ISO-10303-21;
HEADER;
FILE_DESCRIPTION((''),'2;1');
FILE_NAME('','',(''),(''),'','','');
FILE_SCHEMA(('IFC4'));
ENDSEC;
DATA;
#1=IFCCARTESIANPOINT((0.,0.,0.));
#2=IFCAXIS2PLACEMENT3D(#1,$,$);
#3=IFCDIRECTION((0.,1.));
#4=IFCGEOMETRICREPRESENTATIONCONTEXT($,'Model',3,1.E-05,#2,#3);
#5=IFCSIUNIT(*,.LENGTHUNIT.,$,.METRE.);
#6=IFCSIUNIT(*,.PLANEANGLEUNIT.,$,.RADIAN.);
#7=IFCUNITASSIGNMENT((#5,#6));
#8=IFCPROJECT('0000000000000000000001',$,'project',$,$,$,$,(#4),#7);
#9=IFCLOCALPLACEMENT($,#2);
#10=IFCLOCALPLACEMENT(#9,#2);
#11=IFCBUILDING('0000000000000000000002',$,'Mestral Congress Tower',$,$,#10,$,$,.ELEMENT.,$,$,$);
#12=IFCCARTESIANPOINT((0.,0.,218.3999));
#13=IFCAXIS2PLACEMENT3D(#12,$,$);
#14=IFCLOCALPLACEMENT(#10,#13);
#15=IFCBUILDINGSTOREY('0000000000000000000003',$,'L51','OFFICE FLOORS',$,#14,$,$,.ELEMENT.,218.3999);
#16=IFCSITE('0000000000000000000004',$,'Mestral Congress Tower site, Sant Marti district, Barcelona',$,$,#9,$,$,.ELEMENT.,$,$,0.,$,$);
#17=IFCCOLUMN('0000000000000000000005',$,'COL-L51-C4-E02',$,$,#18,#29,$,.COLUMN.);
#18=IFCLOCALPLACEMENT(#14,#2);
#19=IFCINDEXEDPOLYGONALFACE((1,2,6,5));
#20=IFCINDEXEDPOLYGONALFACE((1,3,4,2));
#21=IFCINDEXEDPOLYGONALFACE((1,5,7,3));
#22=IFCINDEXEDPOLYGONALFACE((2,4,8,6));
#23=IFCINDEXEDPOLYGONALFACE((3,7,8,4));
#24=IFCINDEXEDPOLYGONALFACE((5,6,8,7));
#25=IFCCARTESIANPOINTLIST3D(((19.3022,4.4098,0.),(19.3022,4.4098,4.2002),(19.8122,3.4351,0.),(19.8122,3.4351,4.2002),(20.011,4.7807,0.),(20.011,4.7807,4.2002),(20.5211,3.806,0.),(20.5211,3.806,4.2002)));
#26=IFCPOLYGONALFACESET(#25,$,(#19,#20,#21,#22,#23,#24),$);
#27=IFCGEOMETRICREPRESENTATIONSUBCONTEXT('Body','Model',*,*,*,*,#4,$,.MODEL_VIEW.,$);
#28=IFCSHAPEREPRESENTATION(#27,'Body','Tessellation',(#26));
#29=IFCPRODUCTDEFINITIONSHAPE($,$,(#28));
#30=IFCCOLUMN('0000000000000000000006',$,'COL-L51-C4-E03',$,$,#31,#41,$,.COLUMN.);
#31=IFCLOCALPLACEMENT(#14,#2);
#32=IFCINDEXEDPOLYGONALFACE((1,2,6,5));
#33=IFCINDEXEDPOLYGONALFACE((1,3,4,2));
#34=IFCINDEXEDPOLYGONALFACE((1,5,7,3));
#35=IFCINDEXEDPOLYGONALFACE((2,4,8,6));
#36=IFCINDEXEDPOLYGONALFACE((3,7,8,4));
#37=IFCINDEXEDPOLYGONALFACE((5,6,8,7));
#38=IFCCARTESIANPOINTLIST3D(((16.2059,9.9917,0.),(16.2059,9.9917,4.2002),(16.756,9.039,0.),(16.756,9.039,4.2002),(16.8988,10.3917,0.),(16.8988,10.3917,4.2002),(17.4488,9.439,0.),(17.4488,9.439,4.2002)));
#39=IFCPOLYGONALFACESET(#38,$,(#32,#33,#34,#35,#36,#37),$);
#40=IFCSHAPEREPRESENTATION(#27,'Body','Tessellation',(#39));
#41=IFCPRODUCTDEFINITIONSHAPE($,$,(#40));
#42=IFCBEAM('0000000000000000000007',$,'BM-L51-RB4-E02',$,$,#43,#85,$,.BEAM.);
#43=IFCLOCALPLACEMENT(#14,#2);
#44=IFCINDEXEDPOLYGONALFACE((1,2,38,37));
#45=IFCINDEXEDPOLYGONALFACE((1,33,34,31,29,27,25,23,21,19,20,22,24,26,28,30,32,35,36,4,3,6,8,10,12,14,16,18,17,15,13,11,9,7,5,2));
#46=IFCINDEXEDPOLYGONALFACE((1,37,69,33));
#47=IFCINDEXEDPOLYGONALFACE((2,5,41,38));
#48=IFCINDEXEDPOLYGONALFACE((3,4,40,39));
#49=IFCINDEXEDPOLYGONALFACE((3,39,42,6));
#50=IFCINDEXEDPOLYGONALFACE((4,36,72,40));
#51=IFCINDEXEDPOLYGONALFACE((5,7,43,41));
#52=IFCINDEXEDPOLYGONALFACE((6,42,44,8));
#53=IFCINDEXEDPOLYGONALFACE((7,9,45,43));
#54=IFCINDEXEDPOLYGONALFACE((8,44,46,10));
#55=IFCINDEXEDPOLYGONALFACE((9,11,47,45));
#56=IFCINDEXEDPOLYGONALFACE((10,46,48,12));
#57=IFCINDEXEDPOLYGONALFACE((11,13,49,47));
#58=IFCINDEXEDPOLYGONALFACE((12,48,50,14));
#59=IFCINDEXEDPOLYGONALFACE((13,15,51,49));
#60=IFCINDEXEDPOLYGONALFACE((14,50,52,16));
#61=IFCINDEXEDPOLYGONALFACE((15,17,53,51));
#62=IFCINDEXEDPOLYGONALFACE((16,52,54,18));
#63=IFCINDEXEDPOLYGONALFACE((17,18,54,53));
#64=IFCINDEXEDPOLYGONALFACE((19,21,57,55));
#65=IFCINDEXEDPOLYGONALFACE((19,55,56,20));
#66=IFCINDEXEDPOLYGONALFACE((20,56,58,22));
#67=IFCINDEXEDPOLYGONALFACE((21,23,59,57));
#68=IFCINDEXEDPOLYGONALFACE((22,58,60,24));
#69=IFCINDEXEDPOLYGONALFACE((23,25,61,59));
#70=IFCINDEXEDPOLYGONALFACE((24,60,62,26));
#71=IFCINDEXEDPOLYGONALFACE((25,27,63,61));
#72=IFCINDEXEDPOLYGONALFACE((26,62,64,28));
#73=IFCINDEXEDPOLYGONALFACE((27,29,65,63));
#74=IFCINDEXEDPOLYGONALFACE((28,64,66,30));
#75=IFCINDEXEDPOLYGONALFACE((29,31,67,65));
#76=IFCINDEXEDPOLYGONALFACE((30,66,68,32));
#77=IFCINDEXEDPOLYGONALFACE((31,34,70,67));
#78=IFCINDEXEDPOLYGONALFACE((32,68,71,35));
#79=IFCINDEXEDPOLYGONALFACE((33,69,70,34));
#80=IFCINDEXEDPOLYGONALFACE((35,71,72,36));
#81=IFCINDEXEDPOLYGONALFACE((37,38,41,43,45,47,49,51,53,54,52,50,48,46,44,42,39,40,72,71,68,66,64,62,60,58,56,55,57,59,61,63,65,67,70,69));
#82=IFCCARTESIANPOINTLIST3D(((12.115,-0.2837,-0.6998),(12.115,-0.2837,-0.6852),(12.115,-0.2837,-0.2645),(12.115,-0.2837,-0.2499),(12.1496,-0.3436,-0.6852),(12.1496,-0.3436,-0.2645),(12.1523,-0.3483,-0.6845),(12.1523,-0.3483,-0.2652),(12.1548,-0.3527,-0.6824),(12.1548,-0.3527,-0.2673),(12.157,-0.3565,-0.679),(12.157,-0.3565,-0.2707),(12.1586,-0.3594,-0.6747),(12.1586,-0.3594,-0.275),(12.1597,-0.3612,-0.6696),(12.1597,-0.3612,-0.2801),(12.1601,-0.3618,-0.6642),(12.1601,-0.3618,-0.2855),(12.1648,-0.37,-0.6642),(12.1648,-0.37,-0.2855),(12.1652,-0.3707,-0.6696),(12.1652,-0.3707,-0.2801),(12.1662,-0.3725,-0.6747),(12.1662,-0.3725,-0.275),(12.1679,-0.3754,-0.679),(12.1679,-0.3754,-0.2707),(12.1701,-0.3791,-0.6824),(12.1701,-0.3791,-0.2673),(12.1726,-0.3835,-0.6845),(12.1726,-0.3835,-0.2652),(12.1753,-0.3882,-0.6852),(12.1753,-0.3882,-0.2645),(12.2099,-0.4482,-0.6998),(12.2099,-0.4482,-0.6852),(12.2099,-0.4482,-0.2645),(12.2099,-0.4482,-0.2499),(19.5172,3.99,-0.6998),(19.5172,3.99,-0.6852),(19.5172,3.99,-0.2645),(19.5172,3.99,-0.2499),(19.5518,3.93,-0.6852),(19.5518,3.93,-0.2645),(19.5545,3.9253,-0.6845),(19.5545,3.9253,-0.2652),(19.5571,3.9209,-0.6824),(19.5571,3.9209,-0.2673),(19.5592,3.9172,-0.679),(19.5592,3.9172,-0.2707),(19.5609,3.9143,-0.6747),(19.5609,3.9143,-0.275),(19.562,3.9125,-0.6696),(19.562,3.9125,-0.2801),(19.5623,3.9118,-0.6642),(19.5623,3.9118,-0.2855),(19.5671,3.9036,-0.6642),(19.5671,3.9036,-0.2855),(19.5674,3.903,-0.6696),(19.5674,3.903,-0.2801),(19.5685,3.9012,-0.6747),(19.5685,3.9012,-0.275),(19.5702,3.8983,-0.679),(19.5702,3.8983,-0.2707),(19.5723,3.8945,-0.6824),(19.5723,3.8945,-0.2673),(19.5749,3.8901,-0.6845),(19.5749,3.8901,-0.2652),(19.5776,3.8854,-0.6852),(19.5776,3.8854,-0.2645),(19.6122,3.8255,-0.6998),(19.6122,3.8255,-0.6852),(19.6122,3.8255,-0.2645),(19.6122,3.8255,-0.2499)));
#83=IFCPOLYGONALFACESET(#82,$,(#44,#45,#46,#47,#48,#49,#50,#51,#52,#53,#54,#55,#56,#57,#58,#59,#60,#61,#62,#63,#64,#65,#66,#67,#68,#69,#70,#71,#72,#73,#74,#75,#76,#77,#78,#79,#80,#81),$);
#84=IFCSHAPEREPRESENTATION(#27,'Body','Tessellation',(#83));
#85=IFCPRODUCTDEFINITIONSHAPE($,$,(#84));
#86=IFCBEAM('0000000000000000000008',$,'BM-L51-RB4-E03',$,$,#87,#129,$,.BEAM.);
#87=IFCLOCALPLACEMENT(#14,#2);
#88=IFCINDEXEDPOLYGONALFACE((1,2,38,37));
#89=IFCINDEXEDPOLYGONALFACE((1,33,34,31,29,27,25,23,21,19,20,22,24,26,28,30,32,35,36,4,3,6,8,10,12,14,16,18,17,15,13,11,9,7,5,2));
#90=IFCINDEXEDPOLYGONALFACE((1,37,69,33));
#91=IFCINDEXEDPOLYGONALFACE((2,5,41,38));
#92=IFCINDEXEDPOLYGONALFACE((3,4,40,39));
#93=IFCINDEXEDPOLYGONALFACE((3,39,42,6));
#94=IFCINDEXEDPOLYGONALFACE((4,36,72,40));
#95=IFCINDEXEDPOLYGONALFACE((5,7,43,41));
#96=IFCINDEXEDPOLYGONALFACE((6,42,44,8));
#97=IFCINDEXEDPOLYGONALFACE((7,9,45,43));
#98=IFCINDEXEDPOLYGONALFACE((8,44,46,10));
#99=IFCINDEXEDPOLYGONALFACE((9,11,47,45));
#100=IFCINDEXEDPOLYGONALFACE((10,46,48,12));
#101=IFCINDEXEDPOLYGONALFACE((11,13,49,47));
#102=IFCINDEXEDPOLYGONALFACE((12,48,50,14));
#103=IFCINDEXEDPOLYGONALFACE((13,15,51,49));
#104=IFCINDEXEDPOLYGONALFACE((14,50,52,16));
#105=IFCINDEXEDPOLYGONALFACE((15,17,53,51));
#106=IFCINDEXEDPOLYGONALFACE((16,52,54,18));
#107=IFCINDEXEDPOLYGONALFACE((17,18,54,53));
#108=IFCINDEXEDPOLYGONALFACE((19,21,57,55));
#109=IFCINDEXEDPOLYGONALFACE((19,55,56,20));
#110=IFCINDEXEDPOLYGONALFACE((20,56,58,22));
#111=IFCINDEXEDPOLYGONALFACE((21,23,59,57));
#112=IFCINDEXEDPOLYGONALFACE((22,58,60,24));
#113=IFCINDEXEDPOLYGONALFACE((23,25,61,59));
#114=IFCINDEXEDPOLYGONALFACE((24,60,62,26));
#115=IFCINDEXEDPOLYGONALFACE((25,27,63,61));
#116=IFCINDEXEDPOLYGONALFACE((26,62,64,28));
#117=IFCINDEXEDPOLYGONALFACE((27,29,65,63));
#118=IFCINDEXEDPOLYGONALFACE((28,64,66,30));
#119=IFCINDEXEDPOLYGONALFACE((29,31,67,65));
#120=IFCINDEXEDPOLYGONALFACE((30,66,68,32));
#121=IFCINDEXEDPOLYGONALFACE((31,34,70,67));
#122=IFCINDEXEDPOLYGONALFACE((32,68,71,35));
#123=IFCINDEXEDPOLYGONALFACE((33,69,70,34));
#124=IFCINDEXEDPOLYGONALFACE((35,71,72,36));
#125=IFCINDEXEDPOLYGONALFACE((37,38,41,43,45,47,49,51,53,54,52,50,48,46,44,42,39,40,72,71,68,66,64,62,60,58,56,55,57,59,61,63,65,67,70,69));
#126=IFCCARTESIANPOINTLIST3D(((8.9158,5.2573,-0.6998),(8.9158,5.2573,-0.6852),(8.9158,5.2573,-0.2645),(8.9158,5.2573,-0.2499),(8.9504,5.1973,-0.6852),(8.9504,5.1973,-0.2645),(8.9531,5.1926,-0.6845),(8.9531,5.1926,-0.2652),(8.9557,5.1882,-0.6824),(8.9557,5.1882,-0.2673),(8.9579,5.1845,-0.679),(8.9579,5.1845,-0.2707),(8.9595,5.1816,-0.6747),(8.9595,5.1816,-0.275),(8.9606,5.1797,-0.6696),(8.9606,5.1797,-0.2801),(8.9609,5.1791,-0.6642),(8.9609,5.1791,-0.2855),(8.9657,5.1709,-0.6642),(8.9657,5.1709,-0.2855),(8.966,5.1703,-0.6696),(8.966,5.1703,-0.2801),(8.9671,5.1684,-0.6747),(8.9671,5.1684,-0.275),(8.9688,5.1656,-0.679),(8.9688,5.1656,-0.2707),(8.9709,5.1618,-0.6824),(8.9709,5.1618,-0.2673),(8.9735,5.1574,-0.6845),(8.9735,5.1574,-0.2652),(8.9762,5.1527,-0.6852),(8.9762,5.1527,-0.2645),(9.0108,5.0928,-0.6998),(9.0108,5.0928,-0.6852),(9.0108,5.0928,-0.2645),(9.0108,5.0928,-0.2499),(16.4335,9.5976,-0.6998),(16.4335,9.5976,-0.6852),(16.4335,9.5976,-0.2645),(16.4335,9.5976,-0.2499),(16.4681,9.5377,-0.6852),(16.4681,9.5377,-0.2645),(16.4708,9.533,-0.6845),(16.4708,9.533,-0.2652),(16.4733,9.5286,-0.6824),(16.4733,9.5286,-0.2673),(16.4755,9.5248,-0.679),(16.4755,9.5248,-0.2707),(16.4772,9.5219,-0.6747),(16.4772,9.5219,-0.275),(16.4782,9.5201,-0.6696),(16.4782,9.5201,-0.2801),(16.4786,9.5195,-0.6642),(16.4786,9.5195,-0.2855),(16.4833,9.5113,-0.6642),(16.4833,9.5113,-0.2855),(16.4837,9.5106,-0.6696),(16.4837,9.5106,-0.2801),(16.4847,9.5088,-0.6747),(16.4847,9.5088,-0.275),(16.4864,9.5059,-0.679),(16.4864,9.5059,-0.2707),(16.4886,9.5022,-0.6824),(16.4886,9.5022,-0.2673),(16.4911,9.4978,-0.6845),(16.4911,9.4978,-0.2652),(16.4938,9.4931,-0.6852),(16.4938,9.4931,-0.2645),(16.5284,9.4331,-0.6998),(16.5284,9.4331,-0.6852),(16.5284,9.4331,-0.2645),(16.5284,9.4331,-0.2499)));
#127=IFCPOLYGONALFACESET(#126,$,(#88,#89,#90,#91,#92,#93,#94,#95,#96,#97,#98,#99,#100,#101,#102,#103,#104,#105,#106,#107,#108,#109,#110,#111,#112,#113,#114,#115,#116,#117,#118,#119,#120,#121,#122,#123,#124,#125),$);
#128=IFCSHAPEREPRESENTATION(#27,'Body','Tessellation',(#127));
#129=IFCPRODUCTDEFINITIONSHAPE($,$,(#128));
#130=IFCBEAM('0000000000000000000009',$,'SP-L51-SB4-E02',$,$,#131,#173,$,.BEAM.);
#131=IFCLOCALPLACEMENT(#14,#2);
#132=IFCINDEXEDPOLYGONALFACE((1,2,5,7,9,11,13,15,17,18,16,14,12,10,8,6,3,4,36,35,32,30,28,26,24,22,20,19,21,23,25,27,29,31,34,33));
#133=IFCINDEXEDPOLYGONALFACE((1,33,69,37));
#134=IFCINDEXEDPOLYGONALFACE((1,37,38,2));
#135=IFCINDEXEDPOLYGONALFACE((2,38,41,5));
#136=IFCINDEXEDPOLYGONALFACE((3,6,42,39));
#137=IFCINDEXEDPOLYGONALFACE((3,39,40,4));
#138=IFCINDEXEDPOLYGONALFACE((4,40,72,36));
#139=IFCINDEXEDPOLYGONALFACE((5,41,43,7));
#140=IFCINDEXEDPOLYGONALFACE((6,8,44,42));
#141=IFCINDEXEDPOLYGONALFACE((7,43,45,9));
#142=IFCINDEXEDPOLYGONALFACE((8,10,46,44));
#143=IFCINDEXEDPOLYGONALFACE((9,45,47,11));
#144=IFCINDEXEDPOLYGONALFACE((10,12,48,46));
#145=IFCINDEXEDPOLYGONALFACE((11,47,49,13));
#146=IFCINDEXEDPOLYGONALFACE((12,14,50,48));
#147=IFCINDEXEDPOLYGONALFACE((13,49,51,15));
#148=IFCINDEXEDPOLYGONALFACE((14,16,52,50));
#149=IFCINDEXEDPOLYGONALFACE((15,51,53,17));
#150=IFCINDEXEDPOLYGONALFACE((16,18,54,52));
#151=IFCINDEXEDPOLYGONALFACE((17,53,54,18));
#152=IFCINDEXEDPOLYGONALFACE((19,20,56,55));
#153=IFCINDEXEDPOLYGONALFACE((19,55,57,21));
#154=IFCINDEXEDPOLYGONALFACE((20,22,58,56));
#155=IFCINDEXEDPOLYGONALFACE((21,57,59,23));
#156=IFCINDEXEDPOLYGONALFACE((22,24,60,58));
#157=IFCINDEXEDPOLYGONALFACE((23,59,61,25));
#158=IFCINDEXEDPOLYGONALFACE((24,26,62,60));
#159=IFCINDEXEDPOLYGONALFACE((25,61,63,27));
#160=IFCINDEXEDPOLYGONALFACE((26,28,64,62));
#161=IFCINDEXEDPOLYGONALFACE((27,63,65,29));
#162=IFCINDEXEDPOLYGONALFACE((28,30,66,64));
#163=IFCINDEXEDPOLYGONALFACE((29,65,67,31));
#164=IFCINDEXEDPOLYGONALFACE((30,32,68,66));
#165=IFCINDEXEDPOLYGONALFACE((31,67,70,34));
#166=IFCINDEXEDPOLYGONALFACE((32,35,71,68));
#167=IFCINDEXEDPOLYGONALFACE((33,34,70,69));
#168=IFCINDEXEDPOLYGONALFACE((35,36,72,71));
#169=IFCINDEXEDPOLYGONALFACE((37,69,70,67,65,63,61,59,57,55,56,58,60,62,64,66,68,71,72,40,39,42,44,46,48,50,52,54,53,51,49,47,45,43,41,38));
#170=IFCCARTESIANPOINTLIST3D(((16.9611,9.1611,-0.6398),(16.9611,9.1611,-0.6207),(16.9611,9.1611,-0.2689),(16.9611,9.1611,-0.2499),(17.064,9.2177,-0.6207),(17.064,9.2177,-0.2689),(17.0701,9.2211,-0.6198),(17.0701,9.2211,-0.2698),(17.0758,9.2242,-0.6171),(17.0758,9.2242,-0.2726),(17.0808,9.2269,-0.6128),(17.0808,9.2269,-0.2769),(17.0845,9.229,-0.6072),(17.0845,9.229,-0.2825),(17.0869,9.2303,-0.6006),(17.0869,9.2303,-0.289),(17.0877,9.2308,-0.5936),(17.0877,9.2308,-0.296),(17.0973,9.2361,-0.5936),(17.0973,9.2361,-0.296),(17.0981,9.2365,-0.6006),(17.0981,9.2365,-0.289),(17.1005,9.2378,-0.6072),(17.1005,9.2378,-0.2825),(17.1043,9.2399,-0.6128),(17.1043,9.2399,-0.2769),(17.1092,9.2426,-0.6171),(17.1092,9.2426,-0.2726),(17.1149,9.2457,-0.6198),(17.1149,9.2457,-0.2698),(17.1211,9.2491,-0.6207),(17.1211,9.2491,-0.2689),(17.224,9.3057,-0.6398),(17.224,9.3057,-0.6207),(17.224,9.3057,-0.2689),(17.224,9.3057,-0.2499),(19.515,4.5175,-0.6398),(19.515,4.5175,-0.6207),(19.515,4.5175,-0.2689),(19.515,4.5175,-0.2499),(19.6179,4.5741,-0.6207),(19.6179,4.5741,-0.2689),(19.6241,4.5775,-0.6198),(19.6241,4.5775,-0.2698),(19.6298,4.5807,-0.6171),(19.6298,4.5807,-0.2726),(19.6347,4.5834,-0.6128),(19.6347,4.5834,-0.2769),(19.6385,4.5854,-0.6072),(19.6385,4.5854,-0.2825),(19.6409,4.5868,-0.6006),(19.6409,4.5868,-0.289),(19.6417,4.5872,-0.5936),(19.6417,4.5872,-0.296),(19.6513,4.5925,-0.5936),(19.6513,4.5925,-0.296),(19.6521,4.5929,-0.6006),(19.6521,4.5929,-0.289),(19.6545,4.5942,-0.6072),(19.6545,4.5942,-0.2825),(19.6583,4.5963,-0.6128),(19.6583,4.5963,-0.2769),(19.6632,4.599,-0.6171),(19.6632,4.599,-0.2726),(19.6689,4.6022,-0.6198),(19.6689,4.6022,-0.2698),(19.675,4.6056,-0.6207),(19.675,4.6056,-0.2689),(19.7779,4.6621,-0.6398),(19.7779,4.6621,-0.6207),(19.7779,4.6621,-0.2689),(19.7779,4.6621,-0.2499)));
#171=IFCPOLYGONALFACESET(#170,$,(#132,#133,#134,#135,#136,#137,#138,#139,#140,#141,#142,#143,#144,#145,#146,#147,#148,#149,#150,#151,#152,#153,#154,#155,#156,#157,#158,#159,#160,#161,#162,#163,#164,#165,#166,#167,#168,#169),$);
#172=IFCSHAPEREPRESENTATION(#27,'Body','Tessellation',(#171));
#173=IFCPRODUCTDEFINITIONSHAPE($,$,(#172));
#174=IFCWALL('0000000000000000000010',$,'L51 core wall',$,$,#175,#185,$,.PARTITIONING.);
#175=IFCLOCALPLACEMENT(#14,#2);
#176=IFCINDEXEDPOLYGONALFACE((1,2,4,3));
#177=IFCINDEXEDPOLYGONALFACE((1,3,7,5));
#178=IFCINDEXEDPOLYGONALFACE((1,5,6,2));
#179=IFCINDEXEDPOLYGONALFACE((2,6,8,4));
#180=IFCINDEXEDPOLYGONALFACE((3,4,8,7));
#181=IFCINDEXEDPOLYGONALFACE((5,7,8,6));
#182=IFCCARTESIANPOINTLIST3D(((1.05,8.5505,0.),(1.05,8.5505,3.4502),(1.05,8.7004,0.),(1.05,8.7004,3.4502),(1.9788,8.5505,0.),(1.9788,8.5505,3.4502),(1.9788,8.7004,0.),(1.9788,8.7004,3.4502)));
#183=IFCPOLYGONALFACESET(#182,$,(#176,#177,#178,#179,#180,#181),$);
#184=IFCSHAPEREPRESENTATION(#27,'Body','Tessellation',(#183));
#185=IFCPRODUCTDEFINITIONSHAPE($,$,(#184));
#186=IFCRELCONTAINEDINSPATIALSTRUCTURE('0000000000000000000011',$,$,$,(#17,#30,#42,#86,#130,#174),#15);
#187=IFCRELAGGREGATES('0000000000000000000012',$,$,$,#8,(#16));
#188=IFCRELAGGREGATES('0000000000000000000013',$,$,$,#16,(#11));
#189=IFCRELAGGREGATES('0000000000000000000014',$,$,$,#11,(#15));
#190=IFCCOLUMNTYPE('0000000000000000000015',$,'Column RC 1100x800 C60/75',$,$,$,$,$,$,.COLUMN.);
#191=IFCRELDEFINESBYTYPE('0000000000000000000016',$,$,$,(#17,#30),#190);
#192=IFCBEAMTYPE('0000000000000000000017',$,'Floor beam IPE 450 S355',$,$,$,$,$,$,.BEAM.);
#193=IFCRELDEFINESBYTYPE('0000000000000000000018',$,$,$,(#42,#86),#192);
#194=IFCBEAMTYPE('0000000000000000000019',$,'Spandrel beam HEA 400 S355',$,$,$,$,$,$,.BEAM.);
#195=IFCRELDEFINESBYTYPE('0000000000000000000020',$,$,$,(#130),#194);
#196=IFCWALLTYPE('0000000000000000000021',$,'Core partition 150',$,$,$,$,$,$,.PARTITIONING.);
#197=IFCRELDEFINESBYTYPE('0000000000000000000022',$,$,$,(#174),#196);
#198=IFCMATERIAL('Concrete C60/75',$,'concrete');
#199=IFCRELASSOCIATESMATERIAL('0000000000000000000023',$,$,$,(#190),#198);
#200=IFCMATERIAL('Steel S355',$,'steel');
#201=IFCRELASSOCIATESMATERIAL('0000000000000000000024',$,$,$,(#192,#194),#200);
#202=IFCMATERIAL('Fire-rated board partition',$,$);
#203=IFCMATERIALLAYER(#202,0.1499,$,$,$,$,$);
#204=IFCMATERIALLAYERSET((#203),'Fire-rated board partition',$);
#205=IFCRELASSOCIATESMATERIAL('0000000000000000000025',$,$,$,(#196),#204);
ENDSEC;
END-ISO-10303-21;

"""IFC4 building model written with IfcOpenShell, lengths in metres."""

from ifc_helpers import new_model, si_unit, direction, frame, frame_2d, origin, origin_2d, place, context, subcontext, project, spatial, rectangle, i_section, extrude, material, layer, layer_set, material_profile, profile_set, type_object, element, save


model = new_model("IFC4")

# Units and contexts
model_context = context("Model", 3, precision=1e-05, world=origin(), true_north=direction((0.0, 1.0)))
body_context = subcontext(model_context, "Body", "Model", "MODEL_VIEW")
ifc_project = project(units=[si_unit("LENGTHUNIT", "METRE"), si_unit("PLANEANGLEUNIT", "RADIAN")], contexts=[model_context])

# Site, building, storey
site_placement = place(None, origin())
site = spatial("IfcSite", under=ifc_project, at=site_placement, Name="Mestral Congress Tower site, Sant Marti district, Barcelona", CompositionType="ELEMENT", RefElevation=0.0)
building_placement = place(site_placement, origin())
building = spatial("IfcBuilding", under=site, at=building_placement, Name="Mestral Congress Tower", CompositionType="ELEMENT")
storey_placement = place(building_placement, frame((0.0, 0.0, 218.3999)))
storey = spatial("IfcBuildingStorey", under=building, at=storey_placement, Name="L51", Description="OFFICE FLOORS", CompositionType="ELEMENT", Elevation=218.3999)

# Columns
ifc_material_1 = material(Name="Concrete C60/75", Category="concrete")
ifc_material_profile_1 = material_profile(ifc_material_1, rectangle(XDim=1.1001, YDim=0.8, at=origin_2d()), Name="RC 1100x800")
ifc_profile_set_1 = profile_set([ifc_material_profile_1], Name="Concrete C60/75")
column_type = type_object("IfcColumnType", Name="Column RC 1100x800 C60/75", PredefinedType="COLUMN", material=ifc_profile_set_1)
for number, where, z_axis, x_axis, name in (
    (1, (19.9116, 4.1079, 0.0), (0.0, 0.0, 1.0), (-0.463636, 0.886026, 0.0), "COL-L51-C4-E02"),
    (2, (16.8274, 9.7153, 0.0), (0.0, 0.0, 1.0), (-0.5, 0.866025, 0.0), "COL-L51-C4-E03"),
):
    element("IfcColumn", number, at=place(storey_placement, frame(where, z_axis=z_axis, x_axis=x_axis)), inside=storey, type_object=column_type, Name=name, PredefinedType="COLUMN", context=body_context, shape_type="SweptSolid", body=[
        extrude(rectangle(XDim=1.1001, YDim=0.8, at=origin_2d()), origin(), (0.0, 0.0, 1.0), 4.2002),
    ])

# Beams
ifc_material_2 = material(Name="Steel S355", Category="steel")
ifc_material_profile_2 = material_profile(ifc_material_2, i_section(OverallWidth=0.1899, OverallDepth=0.45, WebThickness=0.0095, FlangeThickness=0.0146, FilletRadius=0.021, at=origin_2d()), Name="IPE 450")
ifc_profile_set_2 = profile_set([ifc_material_profile_2], Name="Steel S355")
beam_type_1 = type_object("IfcBeamType", Name="Floor beam IPE 450 S355", PredefinedType="BEAM", material=ifc_profile_set_2)
beam_1_placement = place(storey_placement, frame((19.5647, 3.9077, -0.4749), z_axis=(-0.866029, -0.499994, 0.0), x_axis=(0.499994, -0.866029, 0.0)))
element("IfcBeam", 3, at=beam_1_placement, inside=storey, type_object=beam_type_1, Name="BM-L51-RB4-E02", PredefinedType="BEAM", context=body_context, shape_type="SweptSolid", body=[
    extrude(i_section(OverallWidth=0.1899, OverallDepth=0.45, WebThickness=0.0095, FlangeThickness=0.0146, FilletRadius=0.021, at=origin_2d()), origin(), (0.0, 0.0, 1.0), 8.5474),
])
beam_2_placement = place(storey_placement, frame((16.481, 9.5154, -0.4749), z_axis=(-0.866023, -0.500005, 0.0), x_axis=(0.500005, -0.866023, 0.0)))
element("IfcBeam", 4, at=beam_2_placement, inside=storey, type_object=beam_type_1, Name="BM-L51-RB4-E03", PredefinedType="BEAM", context=body_context, shape_type="SweptSolid", body=[
    extrude(i_section(OverallWidth=0.1899, OverallDepth=0.45, WebThickness=0.0095, FlangeThickness=0.0146, FilletRadius=0.021, at=origin_2d()), origin(), (0.0, 0.0, 1.0), 8.6807),
])
ifc_material_profile_3 = material_profile(ifc_material_2, i_section(OverallWidth=0.3, OverallDepth=0.3899, WebThickness=0.011, FlangeThickness=0.019, FilletRadius=0.0271, at=origin_2d()), Name="HEA 400")
ifc_profile_set_3 = profile_set([ifc_material_profile_3], Name="Steel S355")
beam_type_2 = type_object("IfcBeamType", Name="Spandrel beam HEA 400 S355", PredefinedType="BEAM", material=ifc_profile_set_3)
beam_3_placement = place(storey_placement, frame((19.6465, 4.5898, -0.4448), z_axis=(-0.481919, 0.876216, 0.0), x_axis=(-0.876216, -0.481919, 0.0)))
element("IfcBeam", 5, at=beam_3_placement, inside=storey, type_object=beam_type_2, Name="SP-L51-SB4-E02", PredefinedType="BEAM", context=body_context, shape_type="SweptSolid", body=[
    extrude(i_section(OverallWidth=0.3, OverallDepth=0.3899, WebThickness=0.011, FlangeThickness=0.019, FilletRadius=0.0271, at=origin_2d()), origin(), (0.0, 0.0, 1.0), 5.2996),
])

# Wall
ifc_material_3 = material(Name="Fire-rated board partition")
ifc_layer_1 = layer(ifc_material_3, 0.1499)
ifc_layer_set_1 = layer_set([ifc_layer_1], Name="Fire-rated board partition")
wall_type_1 = type_object("IfcWallType", Name="Core partition 150", PredefinedType="PARTITIONING", material=ifc_layer_set_1)
wall_1_placement = place(storey_placement, frame((1.05, 8.6255, 0.0), z_axis=(0.0, 0.0, 1.0), x_axis=(1.0, 0.0, 0.0)))
element("IfcWall", 6, at=wall_1_placement, inside=storey, type_object=wall_type_1, Name="L51 core wall", PredefinedType="PARTITIONING", context=body_context, shape_type="SweptSolid", body=[
    extrude(rectangle(XDim=0.9287, YDim=0.1499, at=frame_2d((0.4644, 0.0))), origin(), (0.0, 0.0, 1.0), 3.4502),
])

save(model, "model.ifc")
